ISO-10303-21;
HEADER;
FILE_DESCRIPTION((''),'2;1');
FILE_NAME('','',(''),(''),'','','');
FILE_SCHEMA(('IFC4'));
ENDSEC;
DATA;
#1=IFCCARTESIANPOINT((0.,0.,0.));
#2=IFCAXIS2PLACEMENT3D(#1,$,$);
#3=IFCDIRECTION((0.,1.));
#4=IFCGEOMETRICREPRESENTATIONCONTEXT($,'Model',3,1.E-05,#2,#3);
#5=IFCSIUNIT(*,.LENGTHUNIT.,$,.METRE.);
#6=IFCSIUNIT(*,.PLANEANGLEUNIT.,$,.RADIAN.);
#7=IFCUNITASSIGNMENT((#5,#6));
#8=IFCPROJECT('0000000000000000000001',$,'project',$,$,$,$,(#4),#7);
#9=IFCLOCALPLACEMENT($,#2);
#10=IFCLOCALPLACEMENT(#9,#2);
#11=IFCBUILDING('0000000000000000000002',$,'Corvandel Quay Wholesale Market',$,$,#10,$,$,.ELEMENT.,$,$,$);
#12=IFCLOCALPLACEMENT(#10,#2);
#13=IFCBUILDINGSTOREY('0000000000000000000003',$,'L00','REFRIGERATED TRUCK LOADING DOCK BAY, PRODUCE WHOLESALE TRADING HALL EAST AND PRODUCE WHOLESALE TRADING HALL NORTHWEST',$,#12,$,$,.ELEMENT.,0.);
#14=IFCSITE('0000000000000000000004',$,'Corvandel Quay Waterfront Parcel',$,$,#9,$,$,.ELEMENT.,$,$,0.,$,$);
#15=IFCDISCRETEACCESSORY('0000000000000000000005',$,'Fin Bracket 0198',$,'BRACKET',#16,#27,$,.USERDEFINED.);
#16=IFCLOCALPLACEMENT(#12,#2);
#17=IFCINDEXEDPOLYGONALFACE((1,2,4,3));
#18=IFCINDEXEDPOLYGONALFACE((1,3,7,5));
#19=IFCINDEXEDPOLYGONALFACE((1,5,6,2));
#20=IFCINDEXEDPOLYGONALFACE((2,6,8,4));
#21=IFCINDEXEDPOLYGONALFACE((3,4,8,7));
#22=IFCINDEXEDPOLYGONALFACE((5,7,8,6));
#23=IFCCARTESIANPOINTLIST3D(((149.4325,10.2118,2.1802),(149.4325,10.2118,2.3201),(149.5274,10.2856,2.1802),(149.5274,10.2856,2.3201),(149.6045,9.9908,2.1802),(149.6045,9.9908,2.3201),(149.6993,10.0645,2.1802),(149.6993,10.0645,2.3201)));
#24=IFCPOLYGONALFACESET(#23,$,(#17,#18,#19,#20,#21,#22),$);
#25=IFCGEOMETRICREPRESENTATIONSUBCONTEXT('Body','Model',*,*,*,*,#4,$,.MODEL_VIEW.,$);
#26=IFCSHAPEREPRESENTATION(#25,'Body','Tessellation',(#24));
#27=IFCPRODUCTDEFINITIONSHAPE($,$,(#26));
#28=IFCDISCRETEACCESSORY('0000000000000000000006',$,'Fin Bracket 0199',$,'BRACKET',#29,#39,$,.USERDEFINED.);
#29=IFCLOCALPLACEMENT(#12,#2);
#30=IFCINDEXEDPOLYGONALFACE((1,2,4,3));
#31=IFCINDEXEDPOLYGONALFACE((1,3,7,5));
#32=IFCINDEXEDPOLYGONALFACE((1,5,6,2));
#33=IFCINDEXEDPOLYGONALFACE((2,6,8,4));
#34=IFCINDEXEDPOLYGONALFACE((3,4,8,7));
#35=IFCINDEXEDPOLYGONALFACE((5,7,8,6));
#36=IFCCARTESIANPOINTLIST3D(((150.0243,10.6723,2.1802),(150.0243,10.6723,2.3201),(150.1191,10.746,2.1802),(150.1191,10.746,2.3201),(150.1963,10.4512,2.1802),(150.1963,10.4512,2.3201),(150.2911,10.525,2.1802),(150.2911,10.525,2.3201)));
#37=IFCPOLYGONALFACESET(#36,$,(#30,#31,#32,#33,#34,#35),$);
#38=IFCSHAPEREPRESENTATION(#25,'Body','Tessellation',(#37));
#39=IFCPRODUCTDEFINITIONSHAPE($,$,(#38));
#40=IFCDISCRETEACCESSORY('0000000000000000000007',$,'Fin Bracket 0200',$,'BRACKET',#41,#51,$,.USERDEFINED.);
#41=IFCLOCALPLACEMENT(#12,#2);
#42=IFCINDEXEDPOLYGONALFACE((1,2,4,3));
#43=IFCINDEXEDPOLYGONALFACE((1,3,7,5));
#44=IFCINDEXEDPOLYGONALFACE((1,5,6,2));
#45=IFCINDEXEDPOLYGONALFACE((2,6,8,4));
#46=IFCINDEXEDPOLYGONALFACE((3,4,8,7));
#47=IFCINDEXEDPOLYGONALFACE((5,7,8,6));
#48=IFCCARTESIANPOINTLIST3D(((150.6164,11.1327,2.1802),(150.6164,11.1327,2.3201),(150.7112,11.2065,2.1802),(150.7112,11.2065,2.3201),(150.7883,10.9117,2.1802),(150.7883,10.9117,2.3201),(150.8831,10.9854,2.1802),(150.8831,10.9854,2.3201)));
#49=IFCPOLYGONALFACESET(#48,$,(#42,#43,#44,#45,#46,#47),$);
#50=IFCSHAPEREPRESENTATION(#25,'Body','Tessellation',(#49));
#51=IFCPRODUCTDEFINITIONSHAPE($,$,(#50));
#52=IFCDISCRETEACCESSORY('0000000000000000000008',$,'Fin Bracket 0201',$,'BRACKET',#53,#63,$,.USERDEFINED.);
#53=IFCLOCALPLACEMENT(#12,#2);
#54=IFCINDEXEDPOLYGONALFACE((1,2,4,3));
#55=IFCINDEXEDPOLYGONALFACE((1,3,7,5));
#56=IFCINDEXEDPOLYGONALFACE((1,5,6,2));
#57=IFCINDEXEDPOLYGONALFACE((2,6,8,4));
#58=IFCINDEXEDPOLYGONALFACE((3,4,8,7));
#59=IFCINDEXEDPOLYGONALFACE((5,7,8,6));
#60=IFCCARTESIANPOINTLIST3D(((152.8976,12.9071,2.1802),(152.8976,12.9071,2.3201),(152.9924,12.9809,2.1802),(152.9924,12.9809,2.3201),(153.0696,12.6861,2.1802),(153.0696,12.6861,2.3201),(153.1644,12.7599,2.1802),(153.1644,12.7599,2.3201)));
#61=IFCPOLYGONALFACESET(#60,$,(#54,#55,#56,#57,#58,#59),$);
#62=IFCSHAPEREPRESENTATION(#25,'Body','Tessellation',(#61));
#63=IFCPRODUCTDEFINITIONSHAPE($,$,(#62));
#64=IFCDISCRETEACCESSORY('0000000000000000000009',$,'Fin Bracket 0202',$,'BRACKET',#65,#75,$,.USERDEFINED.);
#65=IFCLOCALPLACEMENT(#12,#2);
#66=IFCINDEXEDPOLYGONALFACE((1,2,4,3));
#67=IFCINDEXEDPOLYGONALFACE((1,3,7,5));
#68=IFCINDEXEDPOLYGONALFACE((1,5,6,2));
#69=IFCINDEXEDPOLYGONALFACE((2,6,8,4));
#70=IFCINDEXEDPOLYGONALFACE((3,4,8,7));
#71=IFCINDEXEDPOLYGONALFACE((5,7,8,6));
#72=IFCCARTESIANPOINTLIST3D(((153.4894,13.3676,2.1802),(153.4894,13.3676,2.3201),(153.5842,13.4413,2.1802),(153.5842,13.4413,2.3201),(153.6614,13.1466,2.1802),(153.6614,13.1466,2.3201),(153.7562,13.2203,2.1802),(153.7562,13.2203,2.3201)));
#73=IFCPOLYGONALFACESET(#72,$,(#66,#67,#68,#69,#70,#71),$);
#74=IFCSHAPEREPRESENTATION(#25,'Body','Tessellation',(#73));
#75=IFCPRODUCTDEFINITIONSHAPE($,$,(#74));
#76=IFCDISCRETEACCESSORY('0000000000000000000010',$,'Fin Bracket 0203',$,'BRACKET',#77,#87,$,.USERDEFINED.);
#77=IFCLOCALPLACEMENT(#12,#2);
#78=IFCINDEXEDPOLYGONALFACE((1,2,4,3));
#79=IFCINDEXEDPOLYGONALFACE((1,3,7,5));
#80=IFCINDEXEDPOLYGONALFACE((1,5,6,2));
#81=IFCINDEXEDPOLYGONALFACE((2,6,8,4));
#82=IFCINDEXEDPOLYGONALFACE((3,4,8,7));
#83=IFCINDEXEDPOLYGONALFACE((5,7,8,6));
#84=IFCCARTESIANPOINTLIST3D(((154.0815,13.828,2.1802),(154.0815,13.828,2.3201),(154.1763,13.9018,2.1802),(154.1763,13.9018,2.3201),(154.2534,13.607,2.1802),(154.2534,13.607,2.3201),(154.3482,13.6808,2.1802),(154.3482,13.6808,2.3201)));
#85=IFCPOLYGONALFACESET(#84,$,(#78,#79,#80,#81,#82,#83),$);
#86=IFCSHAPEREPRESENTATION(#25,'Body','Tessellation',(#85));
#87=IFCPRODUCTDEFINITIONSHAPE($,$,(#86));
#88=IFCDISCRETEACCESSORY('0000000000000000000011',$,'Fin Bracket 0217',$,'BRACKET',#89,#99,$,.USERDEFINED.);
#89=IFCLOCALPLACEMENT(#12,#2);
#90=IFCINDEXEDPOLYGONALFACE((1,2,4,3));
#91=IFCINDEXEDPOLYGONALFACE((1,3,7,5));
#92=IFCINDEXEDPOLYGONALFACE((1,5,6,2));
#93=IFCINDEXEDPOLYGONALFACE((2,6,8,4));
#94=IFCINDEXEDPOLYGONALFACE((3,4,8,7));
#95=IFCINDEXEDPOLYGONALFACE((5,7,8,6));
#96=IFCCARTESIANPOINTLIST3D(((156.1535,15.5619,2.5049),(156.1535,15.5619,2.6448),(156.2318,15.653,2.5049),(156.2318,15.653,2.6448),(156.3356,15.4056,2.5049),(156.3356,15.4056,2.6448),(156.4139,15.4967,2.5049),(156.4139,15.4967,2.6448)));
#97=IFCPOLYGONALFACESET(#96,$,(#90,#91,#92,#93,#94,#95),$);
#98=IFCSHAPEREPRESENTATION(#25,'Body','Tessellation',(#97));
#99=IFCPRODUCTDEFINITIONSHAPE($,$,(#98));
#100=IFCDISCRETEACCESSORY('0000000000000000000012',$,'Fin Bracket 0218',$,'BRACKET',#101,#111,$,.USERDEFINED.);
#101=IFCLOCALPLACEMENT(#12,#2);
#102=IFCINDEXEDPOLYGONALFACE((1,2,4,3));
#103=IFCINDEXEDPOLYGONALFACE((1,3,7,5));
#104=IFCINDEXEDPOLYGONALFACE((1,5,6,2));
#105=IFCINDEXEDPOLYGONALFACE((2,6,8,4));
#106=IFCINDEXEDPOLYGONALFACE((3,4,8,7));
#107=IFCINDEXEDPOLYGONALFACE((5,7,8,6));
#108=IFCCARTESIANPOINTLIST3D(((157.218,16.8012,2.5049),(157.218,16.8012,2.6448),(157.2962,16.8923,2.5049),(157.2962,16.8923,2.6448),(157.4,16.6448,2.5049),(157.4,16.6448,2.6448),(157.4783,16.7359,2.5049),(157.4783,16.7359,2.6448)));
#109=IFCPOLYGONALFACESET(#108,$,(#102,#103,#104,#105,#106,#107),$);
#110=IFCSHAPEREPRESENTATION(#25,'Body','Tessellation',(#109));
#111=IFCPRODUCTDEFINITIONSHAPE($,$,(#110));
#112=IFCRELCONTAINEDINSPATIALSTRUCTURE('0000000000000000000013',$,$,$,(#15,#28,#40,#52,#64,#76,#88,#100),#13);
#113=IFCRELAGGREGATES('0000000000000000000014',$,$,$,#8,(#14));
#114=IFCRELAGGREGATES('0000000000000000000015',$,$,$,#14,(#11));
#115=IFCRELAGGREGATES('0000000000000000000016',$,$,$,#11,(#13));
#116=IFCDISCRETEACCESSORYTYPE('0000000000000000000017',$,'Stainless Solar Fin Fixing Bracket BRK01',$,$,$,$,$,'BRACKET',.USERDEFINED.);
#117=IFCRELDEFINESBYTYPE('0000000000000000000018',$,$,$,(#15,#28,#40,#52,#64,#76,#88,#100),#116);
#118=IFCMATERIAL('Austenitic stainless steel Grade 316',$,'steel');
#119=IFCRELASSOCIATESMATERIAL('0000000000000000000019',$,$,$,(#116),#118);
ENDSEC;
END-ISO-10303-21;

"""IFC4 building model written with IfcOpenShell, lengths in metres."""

from ifc_helpers import new_model, si_unit, direction, frame, origin, origin_2d, place, context, subcontext, project, spatial, rectangle, extrude, material, type_object, element, save


model = new_model("IFC4")

# Units and contexts
model_context = context("Model", 3, precision=1e-05, world=origin(), true_north=direction((0.0, 1.0)))
body_context = subcontext(model_context, "Body", "Model", "MODEL_VIEW")
ifc_project = project(units=[si_unit("LENGTHUNIT", "METRE"), si_unit("PLANEANGLEUNIT", "RADIAN")], contexts=[model_context])

# Site, building, storey
site_placement = place(None, origin())
site = spatial("IfcSite", under=ifc_project, at=site_placement, Name="Corvandel Quay Waterfront Parcel", CompositionType="ELEMENT", RefElevation=0.0)
building_placement = place(site_placement, origin())
building = spatial("IfcBuilding", under=site, at=building_placement, Name="Corvandel Quay Wholesale Market", CompositionType="ELEMENT")
storey_placement = place(building_placement, origin())
storey = spatial("IfcBuildingStorey", under=building, at=storey_placement, Name="L00", Description="REFRIGERATED TRUCK LOADING DOCK BAY, PRODUCE WHOLESALE TRADING HALL EAST AND PRODUCE WHOLESALE TRADING HALL NORTHWEST", CompositionType="ELEMENT", Elevation=0.0)

# Discrete accessories
ifc_material_1 = material(Name="Austenitic stainless steel Grade 316", Category="steel")
discrete_accessory_type = type_object("IfcDiscreteAccessoryType", Name="Stainless Solar Fin Fixing Bracket BRK01", ElementType="BRACKET", PredefinedType="USERDEFINED", material=ifc_material_1)
for number, where, z_axis, x_axis, name in (
    (1, (149.5659, 10.1382, 2.1802), (0.0, 0.0, 1.0), (-0.61401, 0.789298, 0.0), "Fin Bracket 0198"),
    (2, (150.1577, 10.5986, 2.1802), (0.0, 0.0, 1.0), (-0.61401, 0.789298, 0.0), "Fin Bracket 0199"),
    (3, (150.7498, 11.0591, 2.1802), (0.0, 0.0, 1.0), (-0.61401, 0.789298, 0.0), "Fin Bracket 0200"),
    (4, (153.031, 12.8335, 2.1802), (0.0, 0.0, 1.0), (-0.61401, 0.789298, 0.0), "Fin Bracket 0201"),
    (5, (153.6228, 13.2939, 2.1802), (0.0, 0.0, 1.0), (-0.61401, 0.789298, 0.0), "Fin Bracket 0202"),
    (6, (154.2148, 13.7544, 2.1802), (0.0, 0.0, 1.0), (-0.61401, 0.789298, 0.0), "Fin Bracket 0203"),
):
    element("IfcDiscreteAccessory", number, at=place(storey_placement, frame(where, z_axis=z_axis, x_axis=x_axis)), inside=storey, type_object=discrete_accessory_type, Name=name, ObjectType="BRACKET", PredefinedType="USERDEFINED", context=body_context, shape_type="SweptSolid", body=[
        extrude(rectangle(XDim=0.28, YDim=0.1201, at=origin_2d()), origin(), (0.0, 0.0, 1.0), 0.1399),
    ])
for number, where, z_axis, x_axis, name in (
    (7, (156.2837, 15.5293, 2.5049), (0.0, 0.0, 1.0), (-0.758589, 0.651569, 0.0), "Fin Bracket 0217"),
    (8, (157.3481, 16.7686, 2.5049), (0.0, 0.0, 1.0), (-0.758589, 0.651569, 0.0), "Fin Bracket 0218"),
):
    element("IfcDiscreteAccessory", number, at=place(storey_placement, frame(where, z_axis=z_axis, x_axis=x_axis)), inside=storey, type_object=discrete_accessory_type, Name=name, ObjectType="BRACKET", PredefinedType="USERDEFINED", context=body_context, shape_type="SweptSolid", body=[
        extrude(rectangle(XDim=0.24, YDim=0.1201, at=origin_2d()), origin(), (0.0, 0.0, 1.0), 0.1399),
    ])

save(model, "model.ifc")
